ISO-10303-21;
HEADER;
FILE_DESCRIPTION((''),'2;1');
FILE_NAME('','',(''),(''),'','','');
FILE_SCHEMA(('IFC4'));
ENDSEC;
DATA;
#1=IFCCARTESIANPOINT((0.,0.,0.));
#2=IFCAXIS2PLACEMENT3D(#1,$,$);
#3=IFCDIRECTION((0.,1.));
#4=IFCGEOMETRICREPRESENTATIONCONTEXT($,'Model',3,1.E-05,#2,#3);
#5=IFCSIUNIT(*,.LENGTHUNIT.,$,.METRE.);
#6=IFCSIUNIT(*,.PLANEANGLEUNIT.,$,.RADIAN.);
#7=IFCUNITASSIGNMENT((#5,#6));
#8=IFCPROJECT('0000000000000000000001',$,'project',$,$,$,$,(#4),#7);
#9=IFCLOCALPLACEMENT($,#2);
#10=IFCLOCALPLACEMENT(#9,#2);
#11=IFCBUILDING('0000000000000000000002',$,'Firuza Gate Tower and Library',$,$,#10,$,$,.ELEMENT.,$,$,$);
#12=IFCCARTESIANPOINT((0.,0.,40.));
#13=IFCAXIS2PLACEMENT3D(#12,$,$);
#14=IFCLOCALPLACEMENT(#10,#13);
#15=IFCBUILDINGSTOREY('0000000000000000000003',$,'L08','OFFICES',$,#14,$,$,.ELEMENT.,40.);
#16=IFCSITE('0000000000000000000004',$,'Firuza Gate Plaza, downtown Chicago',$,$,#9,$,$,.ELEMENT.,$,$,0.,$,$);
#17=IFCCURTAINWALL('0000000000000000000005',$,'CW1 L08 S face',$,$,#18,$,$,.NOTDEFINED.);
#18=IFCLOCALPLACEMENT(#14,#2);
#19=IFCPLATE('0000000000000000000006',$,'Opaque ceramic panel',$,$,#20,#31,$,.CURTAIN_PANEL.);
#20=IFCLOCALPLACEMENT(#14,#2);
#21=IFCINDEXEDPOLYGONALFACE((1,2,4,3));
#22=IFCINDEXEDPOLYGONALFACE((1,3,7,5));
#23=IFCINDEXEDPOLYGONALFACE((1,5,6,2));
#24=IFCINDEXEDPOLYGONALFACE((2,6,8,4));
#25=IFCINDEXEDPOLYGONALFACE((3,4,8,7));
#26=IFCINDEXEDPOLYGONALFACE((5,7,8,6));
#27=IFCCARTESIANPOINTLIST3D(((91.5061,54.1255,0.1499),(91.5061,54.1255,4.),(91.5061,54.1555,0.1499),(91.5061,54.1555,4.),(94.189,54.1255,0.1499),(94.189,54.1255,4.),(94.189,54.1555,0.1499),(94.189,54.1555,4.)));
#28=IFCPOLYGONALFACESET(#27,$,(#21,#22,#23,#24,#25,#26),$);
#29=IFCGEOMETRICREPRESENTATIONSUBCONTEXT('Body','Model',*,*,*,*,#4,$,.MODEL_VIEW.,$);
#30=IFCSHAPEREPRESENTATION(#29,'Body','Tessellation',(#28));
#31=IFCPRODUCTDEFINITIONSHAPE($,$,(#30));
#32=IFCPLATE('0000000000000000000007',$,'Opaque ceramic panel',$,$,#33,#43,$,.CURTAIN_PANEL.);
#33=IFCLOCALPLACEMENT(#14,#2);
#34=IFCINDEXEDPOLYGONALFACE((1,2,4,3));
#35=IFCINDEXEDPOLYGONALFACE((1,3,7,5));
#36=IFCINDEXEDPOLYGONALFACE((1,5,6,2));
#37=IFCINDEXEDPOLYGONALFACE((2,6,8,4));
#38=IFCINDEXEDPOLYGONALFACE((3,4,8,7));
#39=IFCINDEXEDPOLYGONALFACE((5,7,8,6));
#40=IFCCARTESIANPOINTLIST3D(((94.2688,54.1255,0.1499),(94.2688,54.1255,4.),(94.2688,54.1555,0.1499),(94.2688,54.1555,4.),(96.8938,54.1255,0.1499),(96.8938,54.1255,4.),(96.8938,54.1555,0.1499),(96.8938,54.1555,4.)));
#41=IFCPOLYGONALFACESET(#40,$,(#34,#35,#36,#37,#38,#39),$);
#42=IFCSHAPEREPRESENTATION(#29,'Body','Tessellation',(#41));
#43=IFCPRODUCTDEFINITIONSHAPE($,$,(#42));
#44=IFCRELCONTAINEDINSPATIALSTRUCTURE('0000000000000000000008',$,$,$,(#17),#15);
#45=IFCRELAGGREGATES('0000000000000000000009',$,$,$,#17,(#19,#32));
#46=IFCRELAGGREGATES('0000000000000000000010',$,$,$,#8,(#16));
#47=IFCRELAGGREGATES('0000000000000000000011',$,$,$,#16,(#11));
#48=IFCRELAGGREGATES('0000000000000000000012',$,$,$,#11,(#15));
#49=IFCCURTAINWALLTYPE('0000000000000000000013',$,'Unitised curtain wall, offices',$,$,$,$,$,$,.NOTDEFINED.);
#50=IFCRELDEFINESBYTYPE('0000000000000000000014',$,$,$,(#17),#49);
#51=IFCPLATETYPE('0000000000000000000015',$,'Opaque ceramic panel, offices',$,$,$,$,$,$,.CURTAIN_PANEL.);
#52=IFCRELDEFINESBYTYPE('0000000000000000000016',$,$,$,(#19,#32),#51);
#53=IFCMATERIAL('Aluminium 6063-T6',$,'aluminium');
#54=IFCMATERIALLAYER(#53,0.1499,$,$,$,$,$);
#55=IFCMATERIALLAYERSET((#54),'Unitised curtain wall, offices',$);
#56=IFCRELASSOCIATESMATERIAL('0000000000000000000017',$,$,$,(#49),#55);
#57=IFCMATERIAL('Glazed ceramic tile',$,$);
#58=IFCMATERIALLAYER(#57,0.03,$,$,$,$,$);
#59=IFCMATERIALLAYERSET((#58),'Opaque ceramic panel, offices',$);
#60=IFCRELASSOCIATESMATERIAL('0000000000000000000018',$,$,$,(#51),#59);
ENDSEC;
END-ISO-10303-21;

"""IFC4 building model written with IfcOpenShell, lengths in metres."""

from ifc_helpers import new_model, si_unit, direction, frame, origin, place, context, subcontext, project, spatial, polyline, outline, extrude, material, layer, layer_set, type_object, element, aggregate, save


model = new_model("IFC4")

# Units and contexts
model_context = context("Model", 3, precision=1e-05, world=origin(), true_north=direction((0.0, 1.0)))
body_context = subcontext(model_context, "Body", "Model", "MODEL_VIEW")
ifc_project = project(units=[si_unit("LENGTHUNIT", "METRE"), si_unit("PLANEANGLEUNIT", "RADIAN")], contexts=[model_context])

# Site, building, storey
site_placement = place(None, origin())
site = spatial("IfcSite", under=ifc_project, at=site_placement, Name="Firuza Gate Plaza, downtown Chicago", CompositionType="ELEMENT", RefElevation=0.0)
building_placement = place(site_placement, origin())
building = spatial("IfcBuilding", under=site, at=building_placement, Name="Firuza Gate Tower and Library", CompositionType="ELEMENT")
storey_placement = place(building_placement, frame((0.0, 0.0, 40.0)))
storey = spatial("IfcBuildingStorey", under=building, at=storey_placement, Name="L08", Description="OFFICES", CompositionType="ELEMENT", Elevation=40.0)

# Curtain wall
ifc_material_1 = material(Name="Aluminium 6063-T6", Category="aluminium")
ifc_layer_1 = layer(ifc_material_1, 0.1499)
ifc_layer_set_1 = layer_set([ifc_layer_1], Name="Unitised curtain wall, offices")
curtain_wall_type = type_object("IfcCurtainWallType", Name="Unitised curtain wall, offices", PredefinedType="NOTDEFINED", material=ifc_layer_set_1)
curtain_wall_placement = place(storey_placement, origin())
curtain_wall = element("IfcCurtainWall", 1, at=curtain_wall_placement, inside=storey, type_object=curtain_wall_type, Name="CW1 L08 S face", PredefinedType="NOTDEFINED")

# Plates
ifc_material_2 = material(Name="Glazed ceramic tile")
ifc_layer_2 = layer(ifc_material_2, 0.03)
ifc_layer_set_2 = layer_set([ifc_layer_2], Name="Opaque ceramic panel, offices")
plate_type_1 = type_object("IfcPlateType", Name="Opaque ceramic panel, offices", PredefinedType="CURTAIN_PANEL", material=ifc_layer_set_2)
plate_1_placement = place(storey_placement, frame((91.5061, 54.1255, 0.1499), z_axis=(0.0, -1.0, 0.0), x_axis=(1.0, 0.0, 0.0)))
plate_1 = element("IfcPlate", 2, at=plate_1_placement, type_object=plate_type_1, Name="Opaque ceramic panel", PredefinedType="CURTAIN_PANEL", context=body_context, shape_type="SweptSolid", body=[
    extrude(outline(polyline([(0.0, 0.0), (2.6829, 0.0), (2.6829, 3.8501), (0.0, 3.8501), (0.0, 0.0)])), origin(), (0.0, 0.0, -1.0), 0.03),
])
plate_2_placement = place(storey_placement, frame((94.2688, 54.1255, 0.1499), z_axis=(0.0, -1.0, 0.0), x_axis=(1.0, 0.0, 0.0)))
plate_2 = element("IfcPlate", 3, at=plate_2_placement, type_object=plate_type_1, Name="Opaque ceramic panel", PredefinedType="CURTAIN_PANEL", context=body_context, shape_type="SweptSolid", body=[
    extrude(outline(polyline([(0.0, 0.0), (2.625, 0.0), (2.625, 3.8501), (0.0, 3.8501), (0.0, 0.0)])), origin(), (0.0, 0.0, -1.0), 0.03),
])
aggregate(curtain_wall, [plate_1, plate_2])

save(model, "model.ifc")
